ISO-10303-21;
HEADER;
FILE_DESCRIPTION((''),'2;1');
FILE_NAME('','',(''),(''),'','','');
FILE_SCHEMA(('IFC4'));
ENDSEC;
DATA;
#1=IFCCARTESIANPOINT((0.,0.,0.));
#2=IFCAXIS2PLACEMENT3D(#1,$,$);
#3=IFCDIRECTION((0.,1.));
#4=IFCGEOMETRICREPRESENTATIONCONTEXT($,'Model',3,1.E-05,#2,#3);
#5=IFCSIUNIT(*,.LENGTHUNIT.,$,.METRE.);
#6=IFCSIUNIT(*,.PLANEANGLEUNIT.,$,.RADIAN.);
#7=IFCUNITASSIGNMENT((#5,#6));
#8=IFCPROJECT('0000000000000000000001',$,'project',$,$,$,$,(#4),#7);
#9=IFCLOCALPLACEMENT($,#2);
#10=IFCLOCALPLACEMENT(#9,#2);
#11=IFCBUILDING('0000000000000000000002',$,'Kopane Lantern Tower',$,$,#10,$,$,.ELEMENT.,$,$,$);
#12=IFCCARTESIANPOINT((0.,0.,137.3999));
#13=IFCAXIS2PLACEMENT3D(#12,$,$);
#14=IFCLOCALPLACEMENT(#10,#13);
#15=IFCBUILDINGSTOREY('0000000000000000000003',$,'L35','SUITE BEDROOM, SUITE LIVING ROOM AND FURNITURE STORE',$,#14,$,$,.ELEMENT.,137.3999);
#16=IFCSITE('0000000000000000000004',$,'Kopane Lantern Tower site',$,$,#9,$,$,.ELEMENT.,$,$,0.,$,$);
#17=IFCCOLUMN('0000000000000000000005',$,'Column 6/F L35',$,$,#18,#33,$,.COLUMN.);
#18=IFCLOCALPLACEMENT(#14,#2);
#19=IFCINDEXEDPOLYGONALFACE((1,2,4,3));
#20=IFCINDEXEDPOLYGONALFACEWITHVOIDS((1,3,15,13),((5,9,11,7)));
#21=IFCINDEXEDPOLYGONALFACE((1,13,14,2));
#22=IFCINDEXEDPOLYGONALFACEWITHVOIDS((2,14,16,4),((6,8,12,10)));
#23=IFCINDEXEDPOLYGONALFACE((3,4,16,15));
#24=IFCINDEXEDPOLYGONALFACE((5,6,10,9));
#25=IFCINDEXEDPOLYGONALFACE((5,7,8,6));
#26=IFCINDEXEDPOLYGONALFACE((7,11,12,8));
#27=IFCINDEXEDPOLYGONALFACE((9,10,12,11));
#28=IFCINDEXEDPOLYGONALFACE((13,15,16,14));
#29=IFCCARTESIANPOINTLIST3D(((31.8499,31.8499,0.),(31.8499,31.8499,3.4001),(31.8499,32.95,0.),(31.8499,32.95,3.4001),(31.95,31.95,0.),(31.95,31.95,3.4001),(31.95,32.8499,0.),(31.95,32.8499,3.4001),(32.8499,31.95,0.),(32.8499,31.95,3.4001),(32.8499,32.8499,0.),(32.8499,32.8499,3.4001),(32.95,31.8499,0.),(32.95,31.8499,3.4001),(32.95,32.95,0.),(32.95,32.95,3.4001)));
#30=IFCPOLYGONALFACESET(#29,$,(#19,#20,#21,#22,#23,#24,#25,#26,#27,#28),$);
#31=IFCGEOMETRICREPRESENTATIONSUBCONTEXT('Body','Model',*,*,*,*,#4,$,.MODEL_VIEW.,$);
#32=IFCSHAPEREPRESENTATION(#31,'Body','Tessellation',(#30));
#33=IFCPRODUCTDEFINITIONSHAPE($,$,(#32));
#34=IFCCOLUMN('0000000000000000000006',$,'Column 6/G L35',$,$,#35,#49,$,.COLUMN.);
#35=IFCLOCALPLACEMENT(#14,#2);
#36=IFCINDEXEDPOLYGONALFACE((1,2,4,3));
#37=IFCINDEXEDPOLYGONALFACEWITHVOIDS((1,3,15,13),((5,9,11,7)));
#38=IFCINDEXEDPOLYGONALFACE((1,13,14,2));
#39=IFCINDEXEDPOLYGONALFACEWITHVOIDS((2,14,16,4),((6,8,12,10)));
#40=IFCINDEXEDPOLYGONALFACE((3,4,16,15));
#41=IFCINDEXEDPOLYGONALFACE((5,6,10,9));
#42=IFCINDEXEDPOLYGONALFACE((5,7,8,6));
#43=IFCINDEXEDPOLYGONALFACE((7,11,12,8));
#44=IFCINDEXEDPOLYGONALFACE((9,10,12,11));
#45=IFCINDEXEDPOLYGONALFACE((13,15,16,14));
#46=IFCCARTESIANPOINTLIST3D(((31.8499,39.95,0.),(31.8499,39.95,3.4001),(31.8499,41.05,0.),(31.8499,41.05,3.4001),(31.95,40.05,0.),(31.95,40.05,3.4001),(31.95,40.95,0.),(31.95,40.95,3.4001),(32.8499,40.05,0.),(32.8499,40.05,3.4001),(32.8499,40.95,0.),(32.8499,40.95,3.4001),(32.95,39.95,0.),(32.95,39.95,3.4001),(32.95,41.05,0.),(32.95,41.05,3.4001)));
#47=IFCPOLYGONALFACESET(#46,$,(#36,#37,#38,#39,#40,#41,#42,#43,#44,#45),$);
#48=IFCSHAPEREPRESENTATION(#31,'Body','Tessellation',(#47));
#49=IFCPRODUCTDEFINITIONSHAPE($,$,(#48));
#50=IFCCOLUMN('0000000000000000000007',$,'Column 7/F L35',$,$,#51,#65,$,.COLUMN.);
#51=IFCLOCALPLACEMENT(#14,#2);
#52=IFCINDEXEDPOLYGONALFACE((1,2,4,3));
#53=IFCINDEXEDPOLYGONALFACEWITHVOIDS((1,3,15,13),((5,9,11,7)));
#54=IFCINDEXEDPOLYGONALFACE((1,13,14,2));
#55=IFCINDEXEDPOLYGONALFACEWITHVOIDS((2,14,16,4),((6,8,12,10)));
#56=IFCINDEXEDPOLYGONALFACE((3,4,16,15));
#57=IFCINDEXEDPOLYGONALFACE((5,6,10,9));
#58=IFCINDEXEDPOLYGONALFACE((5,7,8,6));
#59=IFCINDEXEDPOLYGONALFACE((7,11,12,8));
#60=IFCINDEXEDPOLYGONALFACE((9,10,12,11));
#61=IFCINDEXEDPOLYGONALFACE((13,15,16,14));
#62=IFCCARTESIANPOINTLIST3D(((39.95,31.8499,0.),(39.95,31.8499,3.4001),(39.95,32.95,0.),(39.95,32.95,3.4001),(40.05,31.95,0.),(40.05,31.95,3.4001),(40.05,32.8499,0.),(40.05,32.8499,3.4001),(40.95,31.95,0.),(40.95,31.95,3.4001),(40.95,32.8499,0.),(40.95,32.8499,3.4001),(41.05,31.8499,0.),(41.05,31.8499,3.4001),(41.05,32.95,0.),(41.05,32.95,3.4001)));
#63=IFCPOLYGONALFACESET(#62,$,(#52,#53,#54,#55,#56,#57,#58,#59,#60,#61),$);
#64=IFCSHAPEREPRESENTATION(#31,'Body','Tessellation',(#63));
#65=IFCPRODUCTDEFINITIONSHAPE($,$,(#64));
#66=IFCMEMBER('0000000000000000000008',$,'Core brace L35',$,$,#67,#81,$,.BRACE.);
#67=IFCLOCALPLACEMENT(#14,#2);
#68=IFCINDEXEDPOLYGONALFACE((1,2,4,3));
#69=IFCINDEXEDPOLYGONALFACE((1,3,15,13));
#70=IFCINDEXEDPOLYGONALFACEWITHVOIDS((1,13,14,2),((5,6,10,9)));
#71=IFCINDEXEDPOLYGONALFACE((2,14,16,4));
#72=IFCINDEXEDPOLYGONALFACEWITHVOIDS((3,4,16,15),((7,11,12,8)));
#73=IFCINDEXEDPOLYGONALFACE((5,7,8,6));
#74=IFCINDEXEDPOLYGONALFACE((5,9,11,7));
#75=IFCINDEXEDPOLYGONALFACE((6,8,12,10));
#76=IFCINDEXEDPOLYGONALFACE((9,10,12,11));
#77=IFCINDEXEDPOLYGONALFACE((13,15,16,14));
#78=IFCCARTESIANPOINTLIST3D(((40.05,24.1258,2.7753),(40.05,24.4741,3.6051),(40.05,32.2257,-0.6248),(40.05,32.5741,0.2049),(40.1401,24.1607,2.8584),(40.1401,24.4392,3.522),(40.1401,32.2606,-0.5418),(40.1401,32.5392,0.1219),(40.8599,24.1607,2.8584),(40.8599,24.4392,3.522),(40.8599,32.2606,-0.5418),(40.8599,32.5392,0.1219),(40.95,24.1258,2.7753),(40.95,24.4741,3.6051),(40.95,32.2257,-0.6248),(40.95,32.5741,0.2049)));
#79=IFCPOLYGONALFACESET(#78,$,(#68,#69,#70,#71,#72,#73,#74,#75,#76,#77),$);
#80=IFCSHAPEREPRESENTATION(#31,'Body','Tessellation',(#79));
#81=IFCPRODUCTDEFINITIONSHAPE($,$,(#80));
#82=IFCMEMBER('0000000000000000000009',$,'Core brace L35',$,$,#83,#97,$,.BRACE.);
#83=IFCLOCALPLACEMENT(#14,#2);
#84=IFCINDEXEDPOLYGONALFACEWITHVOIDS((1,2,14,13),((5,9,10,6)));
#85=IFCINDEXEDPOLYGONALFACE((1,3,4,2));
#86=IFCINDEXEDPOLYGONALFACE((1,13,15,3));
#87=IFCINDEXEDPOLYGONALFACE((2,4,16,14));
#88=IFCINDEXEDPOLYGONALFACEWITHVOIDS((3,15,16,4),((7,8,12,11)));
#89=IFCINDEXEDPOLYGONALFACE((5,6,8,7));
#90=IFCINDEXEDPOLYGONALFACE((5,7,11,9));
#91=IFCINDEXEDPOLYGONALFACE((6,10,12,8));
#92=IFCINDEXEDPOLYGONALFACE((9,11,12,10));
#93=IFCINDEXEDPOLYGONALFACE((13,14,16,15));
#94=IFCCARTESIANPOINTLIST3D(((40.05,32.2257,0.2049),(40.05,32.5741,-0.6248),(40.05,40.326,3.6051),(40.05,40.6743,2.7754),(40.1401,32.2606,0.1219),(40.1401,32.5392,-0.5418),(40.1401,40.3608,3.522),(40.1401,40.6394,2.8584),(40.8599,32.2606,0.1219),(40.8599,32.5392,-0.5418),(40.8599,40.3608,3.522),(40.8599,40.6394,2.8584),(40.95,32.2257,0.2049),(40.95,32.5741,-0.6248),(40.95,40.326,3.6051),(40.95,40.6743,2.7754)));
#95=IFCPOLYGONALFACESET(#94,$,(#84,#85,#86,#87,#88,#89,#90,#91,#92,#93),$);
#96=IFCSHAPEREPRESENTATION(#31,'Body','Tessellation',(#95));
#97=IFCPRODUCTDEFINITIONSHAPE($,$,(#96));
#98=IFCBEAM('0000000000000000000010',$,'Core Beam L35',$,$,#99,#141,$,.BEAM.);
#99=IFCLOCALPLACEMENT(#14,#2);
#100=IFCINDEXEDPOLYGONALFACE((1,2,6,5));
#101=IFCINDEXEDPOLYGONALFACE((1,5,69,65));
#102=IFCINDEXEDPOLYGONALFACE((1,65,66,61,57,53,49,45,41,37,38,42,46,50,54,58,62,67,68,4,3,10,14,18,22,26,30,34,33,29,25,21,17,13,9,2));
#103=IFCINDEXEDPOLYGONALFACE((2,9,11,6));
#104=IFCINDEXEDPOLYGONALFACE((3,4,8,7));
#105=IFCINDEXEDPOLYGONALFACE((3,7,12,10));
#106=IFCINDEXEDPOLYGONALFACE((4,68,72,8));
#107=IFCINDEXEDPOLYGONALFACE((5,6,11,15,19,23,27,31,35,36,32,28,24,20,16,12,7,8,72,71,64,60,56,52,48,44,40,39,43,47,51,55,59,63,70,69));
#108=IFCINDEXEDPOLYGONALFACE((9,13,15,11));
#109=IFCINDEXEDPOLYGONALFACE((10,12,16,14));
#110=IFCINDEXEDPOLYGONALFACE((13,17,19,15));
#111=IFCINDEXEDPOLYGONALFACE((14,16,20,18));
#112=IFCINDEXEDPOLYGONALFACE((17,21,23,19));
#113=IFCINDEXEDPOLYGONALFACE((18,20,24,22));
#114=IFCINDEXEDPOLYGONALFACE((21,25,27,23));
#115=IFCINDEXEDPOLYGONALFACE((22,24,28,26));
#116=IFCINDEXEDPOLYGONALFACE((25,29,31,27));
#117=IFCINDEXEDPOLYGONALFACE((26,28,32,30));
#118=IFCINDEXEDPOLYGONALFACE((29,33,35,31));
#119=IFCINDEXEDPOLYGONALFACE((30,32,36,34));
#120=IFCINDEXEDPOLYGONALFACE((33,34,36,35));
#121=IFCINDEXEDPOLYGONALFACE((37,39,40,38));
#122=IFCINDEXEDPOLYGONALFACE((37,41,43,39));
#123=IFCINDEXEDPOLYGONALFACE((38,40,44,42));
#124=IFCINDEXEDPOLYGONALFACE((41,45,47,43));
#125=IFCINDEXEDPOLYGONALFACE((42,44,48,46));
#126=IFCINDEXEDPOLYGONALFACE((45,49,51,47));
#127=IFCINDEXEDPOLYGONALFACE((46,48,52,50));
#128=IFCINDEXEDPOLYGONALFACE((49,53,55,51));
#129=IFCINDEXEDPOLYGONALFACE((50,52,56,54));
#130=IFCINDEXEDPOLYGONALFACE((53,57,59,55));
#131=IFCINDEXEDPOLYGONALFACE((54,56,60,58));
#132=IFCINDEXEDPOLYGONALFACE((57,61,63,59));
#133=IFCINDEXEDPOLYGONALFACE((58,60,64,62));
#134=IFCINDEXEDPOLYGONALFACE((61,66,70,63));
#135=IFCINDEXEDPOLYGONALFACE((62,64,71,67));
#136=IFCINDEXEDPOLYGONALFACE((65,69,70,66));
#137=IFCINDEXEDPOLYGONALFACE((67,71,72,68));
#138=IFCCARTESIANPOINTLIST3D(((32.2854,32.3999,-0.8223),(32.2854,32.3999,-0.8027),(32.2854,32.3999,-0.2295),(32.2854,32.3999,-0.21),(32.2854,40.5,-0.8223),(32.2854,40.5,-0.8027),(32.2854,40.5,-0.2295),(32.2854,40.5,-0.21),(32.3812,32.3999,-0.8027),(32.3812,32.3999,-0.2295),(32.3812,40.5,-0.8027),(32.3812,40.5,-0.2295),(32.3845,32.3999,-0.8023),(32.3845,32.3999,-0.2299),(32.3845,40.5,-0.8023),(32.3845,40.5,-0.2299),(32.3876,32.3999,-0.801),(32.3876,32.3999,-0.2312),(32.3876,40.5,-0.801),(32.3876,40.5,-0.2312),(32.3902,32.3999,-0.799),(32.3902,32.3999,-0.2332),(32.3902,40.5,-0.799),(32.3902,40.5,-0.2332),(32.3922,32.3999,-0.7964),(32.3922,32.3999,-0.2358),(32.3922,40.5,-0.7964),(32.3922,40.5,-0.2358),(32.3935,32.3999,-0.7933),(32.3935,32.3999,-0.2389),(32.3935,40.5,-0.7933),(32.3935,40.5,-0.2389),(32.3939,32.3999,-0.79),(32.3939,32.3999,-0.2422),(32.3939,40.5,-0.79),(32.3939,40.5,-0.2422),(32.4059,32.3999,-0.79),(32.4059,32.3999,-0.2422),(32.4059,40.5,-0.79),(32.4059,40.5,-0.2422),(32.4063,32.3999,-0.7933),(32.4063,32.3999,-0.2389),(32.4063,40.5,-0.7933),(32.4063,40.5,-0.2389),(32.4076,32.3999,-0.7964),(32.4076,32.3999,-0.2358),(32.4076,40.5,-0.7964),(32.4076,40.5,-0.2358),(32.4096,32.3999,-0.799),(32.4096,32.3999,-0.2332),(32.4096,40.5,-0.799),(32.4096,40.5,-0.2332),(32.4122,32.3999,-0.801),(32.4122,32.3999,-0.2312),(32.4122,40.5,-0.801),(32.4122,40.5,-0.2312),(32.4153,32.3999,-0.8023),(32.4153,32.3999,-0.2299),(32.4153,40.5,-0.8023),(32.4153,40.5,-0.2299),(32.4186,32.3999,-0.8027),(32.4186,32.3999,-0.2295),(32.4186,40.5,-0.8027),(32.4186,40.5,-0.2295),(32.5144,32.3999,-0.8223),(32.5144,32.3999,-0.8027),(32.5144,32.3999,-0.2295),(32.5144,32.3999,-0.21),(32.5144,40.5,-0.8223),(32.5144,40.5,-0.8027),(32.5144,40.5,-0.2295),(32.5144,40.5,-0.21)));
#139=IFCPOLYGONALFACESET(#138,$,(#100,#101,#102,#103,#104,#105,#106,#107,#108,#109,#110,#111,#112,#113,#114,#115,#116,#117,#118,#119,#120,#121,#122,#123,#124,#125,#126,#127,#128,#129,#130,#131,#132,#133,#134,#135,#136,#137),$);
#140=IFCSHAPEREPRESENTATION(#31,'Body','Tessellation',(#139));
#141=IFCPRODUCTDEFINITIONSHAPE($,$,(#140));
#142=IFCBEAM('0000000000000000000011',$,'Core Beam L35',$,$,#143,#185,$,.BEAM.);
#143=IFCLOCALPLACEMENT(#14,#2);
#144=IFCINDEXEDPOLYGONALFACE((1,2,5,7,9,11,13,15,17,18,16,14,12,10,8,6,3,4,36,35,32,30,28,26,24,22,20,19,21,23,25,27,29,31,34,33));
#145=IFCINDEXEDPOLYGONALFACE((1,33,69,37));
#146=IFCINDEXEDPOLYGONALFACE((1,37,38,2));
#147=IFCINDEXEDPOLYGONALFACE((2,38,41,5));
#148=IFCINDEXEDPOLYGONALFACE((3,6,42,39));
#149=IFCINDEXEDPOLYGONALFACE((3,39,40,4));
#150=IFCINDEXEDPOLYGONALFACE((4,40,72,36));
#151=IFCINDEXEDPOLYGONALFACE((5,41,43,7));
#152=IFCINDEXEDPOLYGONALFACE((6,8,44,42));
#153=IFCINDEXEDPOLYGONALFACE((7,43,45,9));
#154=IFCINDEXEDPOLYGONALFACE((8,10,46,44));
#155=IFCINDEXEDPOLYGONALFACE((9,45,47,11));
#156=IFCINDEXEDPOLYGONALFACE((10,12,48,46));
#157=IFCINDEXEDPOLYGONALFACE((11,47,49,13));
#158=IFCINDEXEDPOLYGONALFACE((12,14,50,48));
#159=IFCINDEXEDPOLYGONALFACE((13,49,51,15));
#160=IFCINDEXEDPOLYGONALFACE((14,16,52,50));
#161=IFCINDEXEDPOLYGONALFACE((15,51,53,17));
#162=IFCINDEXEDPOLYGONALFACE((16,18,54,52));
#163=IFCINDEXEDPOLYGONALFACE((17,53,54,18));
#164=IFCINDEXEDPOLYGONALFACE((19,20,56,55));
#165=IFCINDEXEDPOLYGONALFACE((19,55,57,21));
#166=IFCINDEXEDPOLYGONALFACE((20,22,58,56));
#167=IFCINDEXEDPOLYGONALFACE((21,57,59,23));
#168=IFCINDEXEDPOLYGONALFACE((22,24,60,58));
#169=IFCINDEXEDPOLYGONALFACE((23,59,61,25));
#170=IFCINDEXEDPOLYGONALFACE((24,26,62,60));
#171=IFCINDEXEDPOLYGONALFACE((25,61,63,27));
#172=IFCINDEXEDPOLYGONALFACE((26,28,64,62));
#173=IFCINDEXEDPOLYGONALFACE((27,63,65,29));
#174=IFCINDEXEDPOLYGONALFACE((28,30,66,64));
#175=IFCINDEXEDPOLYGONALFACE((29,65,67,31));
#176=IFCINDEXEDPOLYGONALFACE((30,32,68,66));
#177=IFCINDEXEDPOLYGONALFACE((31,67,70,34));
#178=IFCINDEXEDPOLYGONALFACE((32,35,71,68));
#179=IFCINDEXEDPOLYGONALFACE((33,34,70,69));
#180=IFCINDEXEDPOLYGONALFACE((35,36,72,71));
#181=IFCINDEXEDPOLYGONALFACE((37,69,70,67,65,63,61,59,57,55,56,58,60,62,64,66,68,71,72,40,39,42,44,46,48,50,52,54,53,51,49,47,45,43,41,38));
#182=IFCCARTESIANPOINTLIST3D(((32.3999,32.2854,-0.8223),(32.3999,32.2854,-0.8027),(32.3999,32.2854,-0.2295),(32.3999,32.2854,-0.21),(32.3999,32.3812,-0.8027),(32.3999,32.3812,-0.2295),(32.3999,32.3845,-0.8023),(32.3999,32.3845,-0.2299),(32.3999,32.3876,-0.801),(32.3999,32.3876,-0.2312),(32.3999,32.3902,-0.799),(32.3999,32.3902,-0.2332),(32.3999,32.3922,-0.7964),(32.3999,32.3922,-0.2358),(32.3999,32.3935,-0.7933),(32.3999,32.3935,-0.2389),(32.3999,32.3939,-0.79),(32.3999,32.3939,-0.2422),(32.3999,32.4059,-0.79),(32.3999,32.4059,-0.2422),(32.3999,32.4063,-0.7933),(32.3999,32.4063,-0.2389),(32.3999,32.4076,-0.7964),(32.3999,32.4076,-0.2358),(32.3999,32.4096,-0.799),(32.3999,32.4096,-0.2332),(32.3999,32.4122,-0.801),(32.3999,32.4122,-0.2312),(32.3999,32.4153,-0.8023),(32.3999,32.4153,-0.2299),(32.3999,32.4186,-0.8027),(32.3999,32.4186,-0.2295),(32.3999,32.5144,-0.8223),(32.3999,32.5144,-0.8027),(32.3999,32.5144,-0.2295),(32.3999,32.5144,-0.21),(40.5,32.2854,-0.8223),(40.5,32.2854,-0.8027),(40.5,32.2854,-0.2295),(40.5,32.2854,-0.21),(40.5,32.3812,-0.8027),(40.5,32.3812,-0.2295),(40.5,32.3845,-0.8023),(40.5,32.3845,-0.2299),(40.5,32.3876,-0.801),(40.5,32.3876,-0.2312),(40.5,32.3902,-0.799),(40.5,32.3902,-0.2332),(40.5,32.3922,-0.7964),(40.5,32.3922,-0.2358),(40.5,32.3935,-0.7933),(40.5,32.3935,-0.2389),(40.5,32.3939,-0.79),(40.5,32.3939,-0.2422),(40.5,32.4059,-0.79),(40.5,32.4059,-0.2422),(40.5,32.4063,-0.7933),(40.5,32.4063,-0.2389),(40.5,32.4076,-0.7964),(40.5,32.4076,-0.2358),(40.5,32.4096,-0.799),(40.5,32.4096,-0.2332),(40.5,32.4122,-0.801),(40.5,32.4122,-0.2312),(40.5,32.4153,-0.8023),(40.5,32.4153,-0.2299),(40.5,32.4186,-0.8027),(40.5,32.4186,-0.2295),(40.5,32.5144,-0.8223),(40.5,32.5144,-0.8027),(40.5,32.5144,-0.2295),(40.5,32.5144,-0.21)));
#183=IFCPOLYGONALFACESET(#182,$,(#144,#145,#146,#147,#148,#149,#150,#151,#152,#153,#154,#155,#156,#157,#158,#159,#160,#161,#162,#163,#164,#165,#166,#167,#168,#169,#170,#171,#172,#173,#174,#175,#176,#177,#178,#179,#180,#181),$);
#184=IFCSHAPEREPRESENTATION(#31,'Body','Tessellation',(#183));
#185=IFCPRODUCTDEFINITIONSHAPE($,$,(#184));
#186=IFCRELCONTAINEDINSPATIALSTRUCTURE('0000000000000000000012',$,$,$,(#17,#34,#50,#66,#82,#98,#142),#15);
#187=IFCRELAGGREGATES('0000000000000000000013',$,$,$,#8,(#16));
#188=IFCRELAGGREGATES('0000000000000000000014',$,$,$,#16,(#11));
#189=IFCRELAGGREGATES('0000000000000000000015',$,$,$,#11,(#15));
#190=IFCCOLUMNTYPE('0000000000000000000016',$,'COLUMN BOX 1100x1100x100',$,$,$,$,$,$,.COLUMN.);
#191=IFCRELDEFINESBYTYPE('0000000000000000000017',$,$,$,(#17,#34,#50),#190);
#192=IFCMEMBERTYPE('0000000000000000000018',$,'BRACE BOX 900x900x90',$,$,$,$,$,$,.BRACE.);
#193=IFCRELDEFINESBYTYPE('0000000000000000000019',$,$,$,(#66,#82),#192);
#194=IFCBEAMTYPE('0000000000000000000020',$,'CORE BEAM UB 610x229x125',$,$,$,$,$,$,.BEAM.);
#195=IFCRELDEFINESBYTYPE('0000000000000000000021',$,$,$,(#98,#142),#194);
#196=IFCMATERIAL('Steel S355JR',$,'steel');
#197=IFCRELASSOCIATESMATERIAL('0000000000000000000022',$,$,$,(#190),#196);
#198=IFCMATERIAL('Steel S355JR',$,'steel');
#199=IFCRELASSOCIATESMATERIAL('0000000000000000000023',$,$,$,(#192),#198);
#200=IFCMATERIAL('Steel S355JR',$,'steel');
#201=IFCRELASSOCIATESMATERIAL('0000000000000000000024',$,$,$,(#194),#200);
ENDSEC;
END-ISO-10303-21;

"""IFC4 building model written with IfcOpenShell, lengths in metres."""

from ifc_helpers import new_model, si_unit, direction, frame, origin, origin_2d, place, context, subcontext, project, spatial, hollow_rectangle, i_section, extrude, material, material_profile, profile_set, type_object, element, save


model = new_model("IFC4")

# Units and contexts
model_context = context("Model", 3, precision=1e-05, world=origin(), true_north=direction((0.0, 1.0)))
body_context = subcontext(model_context, "Body", "Model", "MODEL_VIEW")
ifc_project = project(units=[si_unit("LENGTHUNIT", "METRE"), si_unit("PLANEANGLEUNIT", "RADIAN")], contexts=[model_context])

# Site, building, storey
site_placement = place(None, origin())
site = spatial("IfcSite", under=ifc_project, at=site_placement, Name="Kopane Lantern Tower site", CompositionType="ELEMENT", RefElevation=0.0)
building_placement = place(site_placement, origin())
building = spatial("IfcBuilding", under=site, at=building_placement, Name="Kopane Lantern Tower", CompositionType="ELEMENT")
storey_placement = place(building_placement, frame((0.0, 0.0, 137.3999)))
storey = spatial("IfcBuildingStorey", under=building, at=storey_placement, Name="L35", Description="SUITE BEDROOM, SUITE LIVING ROOM AND FURNITURE STORE", CompositionType="ELEMENT", Elevation=137.3999)

# Columns
ifc_material_1 = material(Name="Steel S355JR", Category="steel")
ifc_material_profile_1 = material_profile(ifc_material_1, hollow_rectangle(XDim=1.1001, YDim=1.1001, WallThickness=0.1001, at=origin_2d()), Name="BOX 1100x1100x100")
ifc_profile_set_1 = profile_set([ifc_material_profile_1], Name="Steel S355JR")
column_type = type_object("IfcColumnType", Name="COLUMN BOX 1100x1100x100", PredefinedType="COLUMN", material=ifc_profile_set_1)
for number, where, z_axis, x_axis, name in (
    (1, (32.3999, 32.3999, 0.0), (0.0, 0.0, 1.0), (1.0, 0.0, 0.0), "Column 6/F L35"),
    (2, (32.3999, 40.5, 0.0), (0.0, 0.0, 1.0), (1.0, 0.0, 0.0), "Column 6/G L35"),
    (3, (40.5, 32.3999, 0.0), (0.0, 0.0, 1.0), (1.0, 0.0, 0.0), "Column 7/F L35"),
):
    element("IfcColumn", number, at=place(storey_placement, frame(where, z_axis=z_axis, x_axis=x_axis)), inside=storey, type_object=column_type, Name=name, PredefinedType="COLUMN", context=body_context, shape_type="SweptSolid", body=[
        extrude(hollow_rectangle(XDim=1.1001, YDim=1.1001, WallThickness=0.1001, at=origin_2d()), origin(), (0.0, 0.0, 1.0), 3.4001),
    ])

# Members
ifc_material_2 = material(Name="Steel S355JR", Category="steel")
ifc_material_profile_2 = material_profile(ifc_material_2, hollow_rectangle(XDim=0.8999, YDim=0.8999, WallThickness=0.0901, at=origin_2d()), Name="BOX 900x900x90")
ifc_profile_set_2 = profile_set([ifc_material_profile_2], Name="Steel S355JR")
member_type = type_object("IfcMemberType", Name="BRACE BOX 900x900x90", PredefinedType="BRACE", material=ifc_profile_set_2)
member_1_placement = place(storey_placement, frame((40.5, 32.3999, -0.21), z_axis=(0.0, -0.922055, 0.387059), x_axis=(1.0, 0.0, 0.0)))
element("IfcMember", 4, at=member_1_placement, inside=storey, type_object=member_type, Name="Core brace L35", PredefinedType="BRACE", context=body_context, shape_type="SweptSolid", body=[
    extrude(hollow_rectangle(XDim=0.8999, YDim=0.8999, WallThickness=0.0901, at=origin_2d()), origin(), (0.0, 0.0, 1.0), 8.7847),
])
member_2_placement = place(storey_placement, frame((40.5, 32.3999, -0.21), z_axis=(0.0, 0.922059, 0.387049), x_axis=(-1.0, 0.0, 0.0)))
element("IfcMember", 5, at=member_2_placement, inside=storey, type_object=member_type, Name="Core brace L35", PredefinedType="BRACE", context=body_context, shape_type="SweptSolid", body=[
    extrude(hollow_rectangle(XDim=0.8999, YDim=0.8999, WallThickness=0.0901, at=origin_2d()), origin(), (0.0, 0.0, 1.0), 8.7849),
])

# Beams
ifc_material_3 = material(Name="Steel S355JR", Category="steel")
ifc_material_profile_3 = material_profile(ifc_material_3, i_section(OverallWidth=0.229, OverallDepth=0.6123, WebThickness=0.012, FlangeThickness=0.0195, FilletRadius=0.0127, at=origin_2d()), Name="UB 610x229x125")
ifc_profile_set_3 = profile_set([ifc_material_profile_3], Name="Steel S355JR")
beam_type_1 = type_object("IfcBeamType", Name="CORE BEAM UB 610x229x125", PredefinedType="BEAM", material=ifc_profile_set_3)
for number, where, z_axis, x_axis, name in (
    (6, (32.3999, 32.3999, -0.5161), (0.0, 1.0, 0.0), (-1.0, 0.0, 0.0), "Core Beam L35"),
    (7, (32.3999, 32.3999, -0.5161), (1.0, 0.0, 0.0), (0.0, 1.0, 0.0), "Core Beam L35"),
):
    element("IfcBeam", number, at=place(storey_placement, frame(where, z_axis=z_axis, x_axis=x_axis)), inside=storey, type_object=beam_type_1, Name=name, PredefinedType="BEAM", context=body_context, shape_type="SweptSolid", body=[
        extrude(i_section(OverallWidth=0.229, OverallDepth=0.6123, WebThickness=0.012, FlangeThickness=0.0195, FilletRadius=0.0127, at=origin_2d()), origin(), (0.0, 0.0, 1.0), 8.1001),
    ])

save(model, "model.ifc")
